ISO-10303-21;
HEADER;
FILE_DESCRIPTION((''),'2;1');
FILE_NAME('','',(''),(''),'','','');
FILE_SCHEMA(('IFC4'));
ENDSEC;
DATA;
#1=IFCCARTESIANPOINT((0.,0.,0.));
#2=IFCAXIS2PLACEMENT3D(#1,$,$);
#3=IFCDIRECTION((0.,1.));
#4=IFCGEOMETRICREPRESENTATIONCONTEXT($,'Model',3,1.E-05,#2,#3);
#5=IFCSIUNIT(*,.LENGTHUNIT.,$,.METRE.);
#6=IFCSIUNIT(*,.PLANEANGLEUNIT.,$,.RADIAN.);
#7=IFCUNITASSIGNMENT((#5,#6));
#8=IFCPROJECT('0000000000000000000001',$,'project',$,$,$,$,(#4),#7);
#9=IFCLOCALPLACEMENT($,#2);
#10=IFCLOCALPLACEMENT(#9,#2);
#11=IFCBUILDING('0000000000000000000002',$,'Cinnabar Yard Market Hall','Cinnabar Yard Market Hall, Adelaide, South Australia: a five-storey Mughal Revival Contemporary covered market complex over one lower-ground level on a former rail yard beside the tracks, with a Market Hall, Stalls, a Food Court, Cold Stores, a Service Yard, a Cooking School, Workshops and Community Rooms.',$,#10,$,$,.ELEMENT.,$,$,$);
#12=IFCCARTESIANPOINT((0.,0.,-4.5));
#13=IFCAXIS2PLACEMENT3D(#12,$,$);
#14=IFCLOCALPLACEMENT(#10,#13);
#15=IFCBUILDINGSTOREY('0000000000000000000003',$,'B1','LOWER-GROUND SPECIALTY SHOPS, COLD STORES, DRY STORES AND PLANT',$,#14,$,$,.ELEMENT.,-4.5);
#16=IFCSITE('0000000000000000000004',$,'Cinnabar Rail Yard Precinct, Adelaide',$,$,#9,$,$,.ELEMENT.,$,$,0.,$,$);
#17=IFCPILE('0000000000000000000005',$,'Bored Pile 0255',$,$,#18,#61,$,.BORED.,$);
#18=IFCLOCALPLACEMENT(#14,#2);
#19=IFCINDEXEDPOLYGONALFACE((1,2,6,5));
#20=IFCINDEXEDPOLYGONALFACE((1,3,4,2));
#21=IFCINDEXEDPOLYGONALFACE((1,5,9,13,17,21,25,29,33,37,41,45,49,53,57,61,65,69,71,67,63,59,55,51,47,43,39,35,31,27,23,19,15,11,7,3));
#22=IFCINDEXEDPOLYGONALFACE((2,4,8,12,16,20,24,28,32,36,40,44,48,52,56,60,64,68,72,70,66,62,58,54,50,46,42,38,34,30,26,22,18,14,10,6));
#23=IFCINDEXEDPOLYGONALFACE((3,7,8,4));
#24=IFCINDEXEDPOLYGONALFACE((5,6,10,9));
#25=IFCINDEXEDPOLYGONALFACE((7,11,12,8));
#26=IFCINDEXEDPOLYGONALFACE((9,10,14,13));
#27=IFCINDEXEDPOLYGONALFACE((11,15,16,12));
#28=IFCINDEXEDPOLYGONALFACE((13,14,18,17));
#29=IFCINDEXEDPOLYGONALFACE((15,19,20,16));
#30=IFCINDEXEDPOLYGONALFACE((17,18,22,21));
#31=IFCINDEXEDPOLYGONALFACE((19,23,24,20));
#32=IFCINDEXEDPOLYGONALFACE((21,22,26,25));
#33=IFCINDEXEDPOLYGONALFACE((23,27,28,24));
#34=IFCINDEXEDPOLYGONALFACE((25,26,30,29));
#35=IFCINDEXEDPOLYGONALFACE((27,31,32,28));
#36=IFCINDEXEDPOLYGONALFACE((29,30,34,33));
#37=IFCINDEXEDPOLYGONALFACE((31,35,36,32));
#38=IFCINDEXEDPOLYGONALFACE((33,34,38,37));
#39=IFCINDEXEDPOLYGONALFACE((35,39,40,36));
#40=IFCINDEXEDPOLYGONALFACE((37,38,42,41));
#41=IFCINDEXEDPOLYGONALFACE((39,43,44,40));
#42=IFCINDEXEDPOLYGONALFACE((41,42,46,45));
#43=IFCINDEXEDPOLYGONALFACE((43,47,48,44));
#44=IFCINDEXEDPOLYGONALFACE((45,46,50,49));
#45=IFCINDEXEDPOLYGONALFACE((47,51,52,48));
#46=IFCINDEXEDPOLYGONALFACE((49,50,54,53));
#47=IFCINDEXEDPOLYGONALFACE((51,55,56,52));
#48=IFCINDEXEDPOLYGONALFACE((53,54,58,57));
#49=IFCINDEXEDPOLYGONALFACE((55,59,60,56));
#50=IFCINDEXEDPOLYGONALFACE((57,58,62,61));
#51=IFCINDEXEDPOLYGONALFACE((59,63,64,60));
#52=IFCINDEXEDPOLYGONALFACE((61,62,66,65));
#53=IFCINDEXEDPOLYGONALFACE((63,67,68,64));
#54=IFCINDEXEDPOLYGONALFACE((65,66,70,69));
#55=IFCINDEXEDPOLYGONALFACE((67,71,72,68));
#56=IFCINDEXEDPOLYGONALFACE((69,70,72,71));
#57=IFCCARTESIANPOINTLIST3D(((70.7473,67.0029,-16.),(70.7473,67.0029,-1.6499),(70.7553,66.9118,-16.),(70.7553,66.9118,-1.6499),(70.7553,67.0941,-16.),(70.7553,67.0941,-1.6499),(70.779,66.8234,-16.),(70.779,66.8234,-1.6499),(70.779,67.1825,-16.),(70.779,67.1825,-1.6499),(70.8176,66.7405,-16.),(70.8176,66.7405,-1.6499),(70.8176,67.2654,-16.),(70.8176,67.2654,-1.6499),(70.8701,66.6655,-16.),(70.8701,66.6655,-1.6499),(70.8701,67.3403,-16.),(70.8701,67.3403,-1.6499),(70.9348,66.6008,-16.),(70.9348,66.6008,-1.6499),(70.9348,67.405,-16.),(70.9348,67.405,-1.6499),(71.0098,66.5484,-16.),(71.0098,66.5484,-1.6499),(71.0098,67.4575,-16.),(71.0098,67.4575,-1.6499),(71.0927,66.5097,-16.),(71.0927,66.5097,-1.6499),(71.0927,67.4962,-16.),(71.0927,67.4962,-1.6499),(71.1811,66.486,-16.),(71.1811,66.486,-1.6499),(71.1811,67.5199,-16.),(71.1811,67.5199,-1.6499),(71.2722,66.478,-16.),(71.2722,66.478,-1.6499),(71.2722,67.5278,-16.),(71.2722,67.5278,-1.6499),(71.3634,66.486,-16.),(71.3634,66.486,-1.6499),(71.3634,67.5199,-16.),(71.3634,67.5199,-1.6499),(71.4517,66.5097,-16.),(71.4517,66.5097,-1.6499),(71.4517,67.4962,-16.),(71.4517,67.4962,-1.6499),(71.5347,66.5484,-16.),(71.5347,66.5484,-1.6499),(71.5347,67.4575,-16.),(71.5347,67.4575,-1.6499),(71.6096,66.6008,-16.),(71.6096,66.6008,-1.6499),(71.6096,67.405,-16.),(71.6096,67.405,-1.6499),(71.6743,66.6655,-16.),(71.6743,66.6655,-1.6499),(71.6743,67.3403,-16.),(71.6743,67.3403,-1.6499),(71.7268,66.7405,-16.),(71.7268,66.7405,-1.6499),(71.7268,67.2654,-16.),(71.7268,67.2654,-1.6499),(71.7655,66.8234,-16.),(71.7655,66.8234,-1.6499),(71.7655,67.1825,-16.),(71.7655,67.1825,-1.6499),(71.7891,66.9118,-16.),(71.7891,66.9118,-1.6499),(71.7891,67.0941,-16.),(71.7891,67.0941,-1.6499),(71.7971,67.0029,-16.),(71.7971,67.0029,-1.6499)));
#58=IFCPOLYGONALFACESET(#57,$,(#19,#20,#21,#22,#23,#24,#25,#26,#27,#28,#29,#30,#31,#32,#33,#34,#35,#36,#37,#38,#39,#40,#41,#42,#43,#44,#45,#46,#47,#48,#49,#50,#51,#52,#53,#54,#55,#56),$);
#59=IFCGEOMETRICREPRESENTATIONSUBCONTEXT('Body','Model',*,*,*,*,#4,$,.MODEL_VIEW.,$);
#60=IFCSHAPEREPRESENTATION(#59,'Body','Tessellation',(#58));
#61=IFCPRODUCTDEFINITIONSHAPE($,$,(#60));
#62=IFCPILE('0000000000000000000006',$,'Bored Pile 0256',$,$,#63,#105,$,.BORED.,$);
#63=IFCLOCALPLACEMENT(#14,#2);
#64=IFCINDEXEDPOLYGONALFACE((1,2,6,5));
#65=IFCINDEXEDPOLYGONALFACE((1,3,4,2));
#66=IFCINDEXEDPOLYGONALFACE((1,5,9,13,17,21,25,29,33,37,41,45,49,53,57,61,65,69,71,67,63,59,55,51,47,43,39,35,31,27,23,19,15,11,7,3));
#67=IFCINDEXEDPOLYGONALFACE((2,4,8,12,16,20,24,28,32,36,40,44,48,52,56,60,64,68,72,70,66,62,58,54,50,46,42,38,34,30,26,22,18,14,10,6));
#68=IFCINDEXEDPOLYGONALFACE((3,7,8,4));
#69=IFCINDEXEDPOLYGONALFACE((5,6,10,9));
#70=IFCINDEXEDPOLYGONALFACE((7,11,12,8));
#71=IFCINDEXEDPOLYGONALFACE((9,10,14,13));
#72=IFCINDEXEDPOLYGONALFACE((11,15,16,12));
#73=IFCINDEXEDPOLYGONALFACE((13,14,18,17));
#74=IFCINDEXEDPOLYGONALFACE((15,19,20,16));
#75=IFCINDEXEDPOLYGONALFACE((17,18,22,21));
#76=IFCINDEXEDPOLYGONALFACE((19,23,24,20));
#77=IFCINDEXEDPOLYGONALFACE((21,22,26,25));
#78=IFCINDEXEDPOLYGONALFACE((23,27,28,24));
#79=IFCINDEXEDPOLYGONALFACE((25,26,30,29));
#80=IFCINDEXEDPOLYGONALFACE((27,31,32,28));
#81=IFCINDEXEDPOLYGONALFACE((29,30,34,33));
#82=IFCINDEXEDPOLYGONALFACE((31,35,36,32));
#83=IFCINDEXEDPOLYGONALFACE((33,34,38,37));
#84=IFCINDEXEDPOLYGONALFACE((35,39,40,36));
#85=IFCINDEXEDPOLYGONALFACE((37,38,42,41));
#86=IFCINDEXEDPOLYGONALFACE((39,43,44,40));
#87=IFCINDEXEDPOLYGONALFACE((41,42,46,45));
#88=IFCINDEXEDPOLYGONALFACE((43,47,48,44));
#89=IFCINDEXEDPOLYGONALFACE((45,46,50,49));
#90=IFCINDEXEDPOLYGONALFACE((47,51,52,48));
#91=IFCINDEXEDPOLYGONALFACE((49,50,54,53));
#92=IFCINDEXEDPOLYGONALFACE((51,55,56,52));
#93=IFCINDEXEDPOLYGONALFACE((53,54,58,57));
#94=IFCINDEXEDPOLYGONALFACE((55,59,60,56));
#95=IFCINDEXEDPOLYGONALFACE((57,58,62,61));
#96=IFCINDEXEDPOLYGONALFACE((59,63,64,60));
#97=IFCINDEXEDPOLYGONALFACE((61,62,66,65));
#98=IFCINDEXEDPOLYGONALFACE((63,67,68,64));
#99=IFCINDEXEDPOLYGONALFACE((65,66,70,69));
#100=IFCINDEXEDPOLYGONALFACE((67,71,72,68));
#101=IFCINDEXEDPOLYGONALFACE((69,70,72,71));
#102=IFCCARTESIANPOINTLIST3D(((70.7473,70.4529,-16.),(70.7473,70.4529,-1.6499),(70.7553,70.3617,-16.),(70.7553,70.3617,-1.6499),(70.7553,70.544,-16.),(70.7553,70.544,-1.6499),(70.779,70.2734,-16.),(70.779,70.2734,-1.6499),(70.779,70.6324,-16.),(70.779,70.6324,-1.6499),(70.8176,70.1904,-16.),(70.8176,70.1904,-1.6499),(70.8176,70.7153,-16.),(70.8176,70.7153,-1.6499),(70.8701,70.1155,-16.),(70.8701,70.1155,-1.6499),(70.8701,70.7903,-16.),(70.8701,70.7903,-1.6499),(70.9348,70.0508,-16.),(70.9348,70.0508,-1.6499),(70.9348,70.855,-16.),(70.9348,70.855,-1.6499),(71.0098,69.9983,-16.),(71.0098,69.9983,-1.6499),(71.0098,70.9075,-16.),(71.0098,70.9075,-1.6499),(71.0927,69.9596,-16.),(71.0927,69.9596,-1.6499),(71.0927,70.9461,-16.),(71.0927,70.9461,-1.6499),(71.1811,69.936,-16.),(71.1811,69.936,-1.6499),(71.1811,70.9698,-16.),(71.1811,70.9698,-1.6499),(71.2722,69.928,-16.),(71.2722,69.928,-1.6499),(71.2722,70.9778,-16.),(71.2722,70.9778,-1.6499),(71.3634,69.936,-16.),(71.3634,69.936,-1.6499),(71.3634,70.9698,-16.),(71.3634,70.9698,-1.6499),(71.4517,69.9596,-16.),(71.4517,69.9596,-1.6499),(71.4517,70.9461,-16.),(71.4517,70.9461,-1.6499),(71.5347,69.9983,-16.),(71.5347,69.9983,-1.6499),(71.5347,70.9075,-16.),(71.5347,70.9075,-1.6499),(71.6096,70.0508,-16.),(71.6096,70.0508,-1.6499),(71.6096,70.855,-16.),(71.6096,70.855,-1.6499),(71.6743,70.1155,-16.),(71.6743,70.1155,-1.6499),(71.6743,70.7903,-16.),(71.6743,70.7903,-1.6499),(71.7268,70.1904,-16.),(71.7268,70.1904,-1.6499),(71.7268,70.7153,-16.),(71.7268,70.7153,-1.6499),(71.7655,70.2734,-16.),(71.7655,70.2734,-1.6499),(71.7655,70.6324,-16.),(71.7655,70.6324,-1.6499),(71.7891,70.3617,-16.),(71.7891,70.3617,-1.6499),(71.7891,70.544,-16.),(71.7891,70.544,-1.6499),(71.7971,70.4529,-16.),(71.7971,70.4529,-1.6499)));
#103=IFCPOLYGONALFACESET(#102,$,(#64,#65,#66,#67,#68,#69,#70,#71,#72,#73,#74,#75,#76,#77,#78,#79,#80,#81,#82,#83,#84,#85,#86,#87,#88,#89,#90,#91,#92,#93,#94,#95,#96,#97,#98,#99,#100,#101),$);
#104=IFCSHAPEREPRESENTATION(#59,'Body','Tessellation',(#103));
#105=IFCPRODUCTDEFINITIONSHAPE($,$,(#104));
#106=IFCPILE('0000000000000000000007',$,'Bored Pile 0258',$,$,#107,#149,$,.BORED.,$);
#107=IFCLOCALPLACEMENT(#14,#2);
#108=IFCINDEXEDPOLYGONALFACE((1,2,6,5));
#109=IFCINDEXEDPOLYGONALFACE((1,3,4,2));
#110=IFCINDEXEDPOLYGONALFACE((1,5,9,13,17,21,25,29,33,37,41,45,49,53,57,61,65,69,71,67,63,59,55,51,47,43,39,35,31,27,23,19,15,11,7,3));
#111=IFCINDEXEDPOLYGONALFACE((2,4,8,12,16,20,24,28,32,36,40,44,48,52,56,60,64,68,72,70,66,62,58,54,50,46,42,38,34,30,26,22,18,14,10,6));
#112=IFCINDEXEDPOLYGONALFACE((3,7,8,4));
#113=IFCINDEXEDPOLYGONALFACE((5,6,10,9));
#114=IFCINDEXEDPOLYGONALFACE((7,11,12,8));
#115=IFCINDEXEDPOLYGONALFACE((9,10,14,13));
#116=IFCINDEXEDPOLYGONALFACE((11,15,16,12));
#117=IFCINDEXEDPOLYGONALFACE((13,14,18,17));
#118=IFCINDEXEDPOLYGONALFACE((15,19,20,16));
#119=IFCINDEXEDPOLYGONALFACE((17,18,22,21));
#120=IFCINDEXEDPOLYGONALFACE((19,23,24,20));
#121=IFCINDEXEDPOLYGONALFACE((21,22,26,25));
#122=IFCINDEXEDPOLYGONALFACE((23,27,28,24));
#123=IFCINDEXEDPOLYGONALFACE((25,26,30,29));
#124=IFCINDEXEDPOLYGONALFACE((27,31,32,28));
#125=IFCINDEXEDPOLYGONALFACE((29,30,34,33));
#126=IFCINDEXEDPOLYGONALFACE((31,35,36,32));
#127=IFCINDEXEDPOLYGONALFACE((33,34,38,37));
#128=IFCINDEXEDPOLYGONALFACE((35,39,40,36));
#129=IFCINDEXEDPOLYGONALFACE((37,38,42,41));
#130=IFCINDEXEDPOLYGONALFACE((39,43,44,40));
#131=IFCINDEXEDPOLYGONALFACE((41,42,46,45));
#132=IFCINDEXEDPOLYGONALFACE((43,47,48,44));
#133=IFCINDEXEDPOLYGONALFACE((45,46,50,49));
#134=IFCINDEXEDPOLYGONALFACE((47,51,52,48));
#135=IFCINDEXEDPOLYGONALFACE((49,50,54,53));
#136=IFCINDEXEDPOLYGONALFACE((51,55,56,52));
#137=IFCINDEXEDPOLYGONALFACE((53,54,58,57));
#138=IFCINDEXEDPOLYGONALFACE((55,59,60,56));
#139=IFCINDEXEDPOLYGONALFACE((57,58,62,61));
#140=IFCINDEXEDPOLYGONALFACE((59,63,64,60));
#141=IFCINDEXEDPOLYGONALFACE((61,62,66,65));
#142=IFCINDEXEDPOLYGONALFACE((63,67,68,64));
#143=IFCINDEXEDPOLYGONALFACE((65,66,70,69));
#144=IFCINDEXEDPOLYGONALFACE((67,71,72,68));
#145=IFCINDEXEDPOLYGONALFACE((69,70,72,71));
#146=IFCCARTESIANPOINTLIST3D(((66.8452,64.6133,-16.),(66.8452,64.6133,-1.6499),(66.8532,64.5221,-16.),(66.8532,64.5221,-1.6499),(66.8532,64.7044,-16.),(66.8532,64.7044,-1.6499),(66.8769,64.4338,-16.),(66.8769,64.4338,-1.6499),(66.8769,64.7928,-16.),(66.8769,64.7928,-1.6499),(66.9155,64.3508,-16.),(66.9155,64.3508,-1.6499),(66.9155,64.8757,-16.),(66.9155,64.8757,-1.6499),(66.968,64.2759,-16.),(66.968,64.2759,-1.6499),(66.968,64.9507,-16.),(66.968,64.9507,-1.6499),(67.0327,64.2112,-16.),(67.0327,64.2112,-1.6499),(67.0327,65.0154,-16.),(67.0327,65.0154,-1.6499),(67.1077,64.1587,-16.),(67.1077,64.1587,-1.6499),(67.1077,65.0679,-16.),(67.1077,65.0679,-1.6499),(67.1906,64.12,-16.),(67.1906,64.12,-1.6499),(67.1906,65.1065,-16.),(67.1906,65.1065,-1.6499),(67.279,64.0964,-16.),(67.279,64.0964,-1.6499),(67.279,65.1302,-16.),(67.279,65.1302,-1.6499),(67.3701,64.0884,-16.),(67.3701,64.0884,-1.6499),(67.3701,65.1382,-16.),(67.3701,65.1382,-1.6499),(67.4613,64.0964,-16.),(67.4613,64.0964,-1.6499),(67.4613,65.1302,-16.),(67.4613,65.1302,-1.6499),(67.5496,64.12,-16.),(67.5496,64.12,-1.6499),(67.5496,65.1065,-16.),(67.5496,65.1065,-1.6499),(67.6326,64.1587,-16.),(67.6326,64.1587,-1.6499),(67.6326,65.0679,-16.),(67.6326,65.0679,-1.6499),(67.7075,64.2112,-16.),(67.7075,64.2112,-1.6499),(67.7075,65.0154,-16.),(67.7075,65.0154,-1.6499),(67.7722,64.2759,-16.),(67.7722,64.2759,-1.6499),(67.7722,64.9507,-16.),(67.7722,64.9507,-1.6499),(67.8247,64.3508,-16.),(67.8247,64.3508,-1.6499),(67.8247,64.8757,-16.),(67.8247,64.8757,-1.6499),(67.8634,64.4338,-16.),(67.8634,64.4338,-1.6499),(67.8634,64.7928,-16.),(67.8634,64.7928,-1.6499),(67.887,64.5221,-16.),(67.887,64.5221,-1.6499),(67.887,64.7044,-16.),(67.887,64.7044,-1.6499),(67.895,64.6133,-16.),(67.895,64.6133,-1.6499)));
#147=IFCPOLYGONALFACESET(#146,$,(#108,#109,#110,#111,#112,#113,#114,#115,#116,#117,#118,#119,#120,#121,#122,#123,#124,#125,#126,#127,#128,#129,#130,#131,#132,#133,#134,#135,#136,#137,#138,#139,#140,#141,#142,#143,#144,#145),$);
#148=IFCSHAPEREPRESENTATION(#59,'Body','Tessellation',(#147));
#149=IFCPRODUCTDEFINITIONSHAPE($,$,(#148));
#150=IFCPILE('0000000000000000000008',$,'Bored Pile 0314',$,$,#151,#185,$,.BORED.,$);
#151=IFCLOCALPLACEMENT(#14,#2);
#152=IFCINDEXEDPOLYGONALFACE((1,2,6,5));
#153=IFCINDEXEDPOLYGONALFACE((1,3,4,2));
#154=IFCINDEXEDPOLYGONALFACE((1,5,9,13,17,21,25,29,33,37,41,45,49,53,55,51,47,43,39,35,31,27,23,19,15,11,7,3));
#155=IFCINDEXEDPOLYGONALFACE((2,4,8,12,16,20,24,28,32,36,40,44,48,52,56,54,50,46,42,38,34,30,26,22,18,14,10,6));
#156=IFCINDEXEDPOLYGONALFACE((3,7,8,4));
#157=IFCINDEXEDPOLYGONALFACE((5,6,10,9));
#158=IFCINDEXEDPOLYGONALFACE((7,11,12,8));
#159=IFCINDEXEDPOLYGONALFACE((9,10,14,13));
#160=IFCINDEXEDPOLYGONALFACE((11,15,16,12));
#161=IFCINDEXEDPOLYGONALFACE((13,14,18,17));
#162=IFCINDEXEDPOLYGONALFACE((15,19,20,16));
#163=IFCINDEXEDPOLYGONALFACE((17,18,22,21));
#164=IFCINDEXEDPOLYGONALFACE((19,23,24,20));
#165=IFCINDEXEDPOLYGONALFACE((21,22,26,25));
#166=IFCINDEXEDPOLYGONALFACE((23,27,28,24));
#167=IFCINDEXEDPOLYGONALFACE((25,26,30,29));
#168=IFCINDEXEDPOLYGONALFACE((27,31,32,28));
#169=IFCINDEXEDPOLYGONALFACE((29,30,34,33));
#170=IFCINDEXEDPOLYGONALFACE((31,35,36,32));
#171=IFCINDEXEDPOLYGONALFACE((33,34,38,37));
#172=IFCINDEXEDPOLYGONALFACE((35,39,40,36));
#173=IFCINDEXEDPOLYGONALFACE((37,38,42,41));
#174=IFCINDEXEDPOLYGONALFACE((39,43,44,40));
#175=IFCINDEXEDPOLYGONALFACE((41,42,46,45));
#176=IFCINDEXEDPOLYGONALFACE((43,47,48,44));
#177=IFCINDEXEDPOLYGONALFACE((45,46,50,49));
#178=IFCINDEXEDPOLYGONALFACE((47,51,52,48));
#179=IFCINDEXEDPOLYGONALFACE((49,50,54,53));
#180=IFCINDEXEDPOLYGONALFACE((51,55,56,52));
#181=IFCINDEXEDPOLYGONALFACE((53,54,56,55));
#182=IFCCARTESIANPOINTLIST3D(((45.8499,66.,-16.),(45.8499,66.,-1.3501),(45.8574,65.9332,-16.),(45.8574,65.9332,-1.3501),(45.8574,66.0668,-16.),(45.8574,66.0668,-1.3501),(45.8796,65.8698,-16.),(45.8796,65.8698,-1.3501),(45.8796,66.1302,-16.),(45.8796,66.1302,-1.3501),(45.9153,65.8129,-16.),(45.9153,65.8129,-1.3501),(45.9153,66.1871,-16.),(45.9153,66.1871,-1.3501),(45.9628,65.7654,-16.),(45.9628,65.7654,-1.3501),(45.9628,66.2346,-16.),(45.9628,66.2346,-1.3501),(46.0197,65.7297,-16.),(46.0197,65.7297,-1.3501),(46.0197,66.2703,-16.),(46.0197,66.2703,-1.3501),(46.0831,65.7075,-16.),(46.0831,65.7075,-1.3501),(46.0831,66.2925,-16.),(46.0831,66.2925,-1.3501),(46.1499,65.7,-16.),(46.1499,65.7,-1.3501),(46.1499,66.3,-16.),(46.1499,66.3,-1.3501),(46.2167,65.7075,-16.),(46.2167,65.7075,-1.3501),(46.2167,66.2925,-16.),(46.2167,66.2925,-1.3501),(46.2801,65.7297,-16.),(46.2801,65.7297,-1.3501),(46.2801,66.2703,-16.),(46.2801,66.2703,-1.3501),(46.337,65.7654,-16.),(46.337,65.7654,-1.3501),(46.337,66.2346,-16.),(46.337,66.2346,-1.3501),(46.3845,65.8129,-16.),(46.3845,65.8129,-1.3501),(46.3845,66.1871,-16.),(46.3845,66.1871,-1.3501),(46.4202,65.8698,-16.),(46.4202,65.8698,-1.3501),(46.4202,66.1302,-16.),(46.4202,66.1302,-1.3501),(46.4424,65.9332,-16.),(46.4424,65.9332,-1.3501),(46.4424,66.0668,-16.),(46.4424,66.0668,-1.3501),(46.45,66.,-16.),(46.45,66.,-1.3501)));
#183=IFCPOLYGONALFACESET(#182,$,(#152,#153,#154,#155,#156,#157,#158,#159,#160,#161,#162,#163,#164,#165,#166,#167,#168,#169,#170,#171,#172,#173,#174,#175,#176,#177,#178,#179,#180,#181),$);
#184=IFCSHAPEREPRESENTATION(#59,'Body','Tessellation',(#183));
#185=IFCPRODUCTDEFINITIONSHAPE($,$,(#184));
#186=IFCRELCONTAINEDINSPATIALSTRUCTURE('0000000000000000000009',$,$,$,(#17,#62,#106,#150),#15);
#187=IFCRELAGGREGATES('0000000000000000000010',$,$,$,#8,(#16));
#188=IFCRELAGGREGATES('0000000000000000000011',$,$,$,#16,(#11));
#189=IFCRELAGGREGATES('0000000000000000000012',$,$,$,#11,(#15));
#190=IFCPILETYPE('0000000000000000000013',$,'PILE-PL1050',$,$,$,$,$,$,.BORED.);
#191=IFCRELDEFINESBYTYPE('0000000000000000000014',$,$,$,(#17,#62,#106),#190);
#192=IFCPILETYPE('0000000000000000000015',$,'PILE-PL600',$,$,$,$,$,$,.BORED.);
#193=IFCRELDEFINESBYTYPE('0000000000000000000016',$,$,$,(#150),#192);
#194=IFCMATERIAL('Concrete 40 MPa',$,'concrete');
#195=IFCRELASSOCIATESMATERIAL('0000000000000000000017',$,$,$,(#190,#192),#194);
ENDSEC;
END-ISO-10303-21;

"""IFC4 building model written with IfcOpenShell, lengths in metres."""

from ifc_helpers import new_model, si_unit, direction, frame, origin, origin_2d_with_axis, place, context, subcontext, project, spatial, circle, extrude, material, material_profile, profile_set, type_object, element, save


model = new_model("IFC4")

# Units and contexts
model_context = context("Model", 3, precision=1e-05, world=origin(), true_north=direction((0.0, 1.0)))
body_context = subcontext(model_context, "Body", "Model", "MODEL_VIEW")
ifc_project = project(units=[si_unit("LENGTHUNIT", "METRE"), si_unit("PLANEANGLEUNIT", "RADIAN")], contexts=[model_context])

# Site, building, storey
site_placement = place(None, origin())
site = spatial("IfcSite", under=ifc_project, at=site_placement, Name="Cinnabar Rail Yard Precinct, Adelaide", CompositionType="ELEMENT", RefElevation=0.0)
building_placement = place(site_placement, origin())
building = spatial("IfcBuilding", under=site, at=building_placement, Name="Cinnabar Yard Market Hall", Description="Cinnabar Yard Market Hall, Adelaide, South Australia: a five-storey Mughal Revival Contemporary covered market complex over one lower-ground level on a former rail yard beside the tracks, with a Market Hall, Stalls, a Food Court, Cold Stores, a Service Yard, a Cooking School, Workshops and Community Rooms.", CompositionType="ELEMENT")
storey_placement = place(building_placement, frame((0.0, 0.0, -4.5)))
storey = spatial("IfcBuildingStorey", under=building, at=storey_placement, Name="B1", Description="LOWER-GROUND SPECIALTY SHOPS, COLD STORES, DRY STORES AND PLANT", CompositionType="ELEMENT", Elevation=-4.5)

# Shared definitions
ifc_material_1 = material(Name="Concrete 40 MPa", Category="concrete")

# Piles
ifc_material_profile_1 = material_profile(ifc_material_1, circle(Radius=0.5249, at=origin_2d_with_axis()), Name="PILE-D1050")
ifc_profile_set_1 = profile_set([ifc_material_profile_1], Name="Concrete 40 MPa")
pile_type_1 = type_object("IfcPileType", Name="PILE-PL1050", PredefinedType="BORED", material=ifc_profile_set_1)
for number, where, z_axis, x_axis, name in (
    (1, (71.2722, 67.0029, -1.6499), (0.0, 0.0, -1.0), (1.0, 0.0, 0.0), "Bored Pile 0255"),
    (2, (71.2722, 70.4529, -1.6499), (0.0, 0.0, -1.0), (1.0, 0.0, 0.0), "Bored Pile 0256"),
    (3, (67.3701, 64.6133, -1.6499), (0.0, 0.0, -1.0), (1.0, 0.0, 0.0), "Bored Pile 0258"),
):
    element("IfcPile", number, at=place(storey_placement, frame(where, z_axis=z_axis, x_axis=x_axis)), inside=storey, type_object=pile_type_1, Name=name, PredefinedType="BORED", context=body_context, shape_type="SweptSolid", body=[
        extrude(circle(Radius=0.5249, at=origin_2d_with_axis()), origin(), (0.0, 0.0, 1.0), 14.3501),
    ])
ifc_material_profile_2 = material_profile(ifc_material_1, circle(Radius=0.3, at=origin_2d_with_axis()), Name="PILE-D600")
ifc_profile_set_2 = profile_set([ifc_material_profile_2], Name="Concrete 40 MPa")
pile_type_2 = type_object("IfcPileType", Name="PILE-PL600", PredefinedType="BORED", material=ifc_profile_set_2)
for number, where, z_axis, x_axis, name in (
    (4, (46.1499, 66.0, -1.3501), (0.0, 0.0, -1.0), (1.0, 0.0, 0.0), "Bored Pile 0314"),
):
    element("IfcPile", number, at=place(storey_placement, frame(where, z_axis=z_axis, x_axis=x_axis)), inside=storey, type_object=pile_type_2, Name=name, PredefinedType="BORED", context=body_context, shape_type="SweptSolid", body=[
        extrude(circle(Radius=0.3, at=origin_2d_with_axis()), origin(), (0.0, 0.0, 1.0), 14.6499),
    ])

save(model, "model.ifc")
